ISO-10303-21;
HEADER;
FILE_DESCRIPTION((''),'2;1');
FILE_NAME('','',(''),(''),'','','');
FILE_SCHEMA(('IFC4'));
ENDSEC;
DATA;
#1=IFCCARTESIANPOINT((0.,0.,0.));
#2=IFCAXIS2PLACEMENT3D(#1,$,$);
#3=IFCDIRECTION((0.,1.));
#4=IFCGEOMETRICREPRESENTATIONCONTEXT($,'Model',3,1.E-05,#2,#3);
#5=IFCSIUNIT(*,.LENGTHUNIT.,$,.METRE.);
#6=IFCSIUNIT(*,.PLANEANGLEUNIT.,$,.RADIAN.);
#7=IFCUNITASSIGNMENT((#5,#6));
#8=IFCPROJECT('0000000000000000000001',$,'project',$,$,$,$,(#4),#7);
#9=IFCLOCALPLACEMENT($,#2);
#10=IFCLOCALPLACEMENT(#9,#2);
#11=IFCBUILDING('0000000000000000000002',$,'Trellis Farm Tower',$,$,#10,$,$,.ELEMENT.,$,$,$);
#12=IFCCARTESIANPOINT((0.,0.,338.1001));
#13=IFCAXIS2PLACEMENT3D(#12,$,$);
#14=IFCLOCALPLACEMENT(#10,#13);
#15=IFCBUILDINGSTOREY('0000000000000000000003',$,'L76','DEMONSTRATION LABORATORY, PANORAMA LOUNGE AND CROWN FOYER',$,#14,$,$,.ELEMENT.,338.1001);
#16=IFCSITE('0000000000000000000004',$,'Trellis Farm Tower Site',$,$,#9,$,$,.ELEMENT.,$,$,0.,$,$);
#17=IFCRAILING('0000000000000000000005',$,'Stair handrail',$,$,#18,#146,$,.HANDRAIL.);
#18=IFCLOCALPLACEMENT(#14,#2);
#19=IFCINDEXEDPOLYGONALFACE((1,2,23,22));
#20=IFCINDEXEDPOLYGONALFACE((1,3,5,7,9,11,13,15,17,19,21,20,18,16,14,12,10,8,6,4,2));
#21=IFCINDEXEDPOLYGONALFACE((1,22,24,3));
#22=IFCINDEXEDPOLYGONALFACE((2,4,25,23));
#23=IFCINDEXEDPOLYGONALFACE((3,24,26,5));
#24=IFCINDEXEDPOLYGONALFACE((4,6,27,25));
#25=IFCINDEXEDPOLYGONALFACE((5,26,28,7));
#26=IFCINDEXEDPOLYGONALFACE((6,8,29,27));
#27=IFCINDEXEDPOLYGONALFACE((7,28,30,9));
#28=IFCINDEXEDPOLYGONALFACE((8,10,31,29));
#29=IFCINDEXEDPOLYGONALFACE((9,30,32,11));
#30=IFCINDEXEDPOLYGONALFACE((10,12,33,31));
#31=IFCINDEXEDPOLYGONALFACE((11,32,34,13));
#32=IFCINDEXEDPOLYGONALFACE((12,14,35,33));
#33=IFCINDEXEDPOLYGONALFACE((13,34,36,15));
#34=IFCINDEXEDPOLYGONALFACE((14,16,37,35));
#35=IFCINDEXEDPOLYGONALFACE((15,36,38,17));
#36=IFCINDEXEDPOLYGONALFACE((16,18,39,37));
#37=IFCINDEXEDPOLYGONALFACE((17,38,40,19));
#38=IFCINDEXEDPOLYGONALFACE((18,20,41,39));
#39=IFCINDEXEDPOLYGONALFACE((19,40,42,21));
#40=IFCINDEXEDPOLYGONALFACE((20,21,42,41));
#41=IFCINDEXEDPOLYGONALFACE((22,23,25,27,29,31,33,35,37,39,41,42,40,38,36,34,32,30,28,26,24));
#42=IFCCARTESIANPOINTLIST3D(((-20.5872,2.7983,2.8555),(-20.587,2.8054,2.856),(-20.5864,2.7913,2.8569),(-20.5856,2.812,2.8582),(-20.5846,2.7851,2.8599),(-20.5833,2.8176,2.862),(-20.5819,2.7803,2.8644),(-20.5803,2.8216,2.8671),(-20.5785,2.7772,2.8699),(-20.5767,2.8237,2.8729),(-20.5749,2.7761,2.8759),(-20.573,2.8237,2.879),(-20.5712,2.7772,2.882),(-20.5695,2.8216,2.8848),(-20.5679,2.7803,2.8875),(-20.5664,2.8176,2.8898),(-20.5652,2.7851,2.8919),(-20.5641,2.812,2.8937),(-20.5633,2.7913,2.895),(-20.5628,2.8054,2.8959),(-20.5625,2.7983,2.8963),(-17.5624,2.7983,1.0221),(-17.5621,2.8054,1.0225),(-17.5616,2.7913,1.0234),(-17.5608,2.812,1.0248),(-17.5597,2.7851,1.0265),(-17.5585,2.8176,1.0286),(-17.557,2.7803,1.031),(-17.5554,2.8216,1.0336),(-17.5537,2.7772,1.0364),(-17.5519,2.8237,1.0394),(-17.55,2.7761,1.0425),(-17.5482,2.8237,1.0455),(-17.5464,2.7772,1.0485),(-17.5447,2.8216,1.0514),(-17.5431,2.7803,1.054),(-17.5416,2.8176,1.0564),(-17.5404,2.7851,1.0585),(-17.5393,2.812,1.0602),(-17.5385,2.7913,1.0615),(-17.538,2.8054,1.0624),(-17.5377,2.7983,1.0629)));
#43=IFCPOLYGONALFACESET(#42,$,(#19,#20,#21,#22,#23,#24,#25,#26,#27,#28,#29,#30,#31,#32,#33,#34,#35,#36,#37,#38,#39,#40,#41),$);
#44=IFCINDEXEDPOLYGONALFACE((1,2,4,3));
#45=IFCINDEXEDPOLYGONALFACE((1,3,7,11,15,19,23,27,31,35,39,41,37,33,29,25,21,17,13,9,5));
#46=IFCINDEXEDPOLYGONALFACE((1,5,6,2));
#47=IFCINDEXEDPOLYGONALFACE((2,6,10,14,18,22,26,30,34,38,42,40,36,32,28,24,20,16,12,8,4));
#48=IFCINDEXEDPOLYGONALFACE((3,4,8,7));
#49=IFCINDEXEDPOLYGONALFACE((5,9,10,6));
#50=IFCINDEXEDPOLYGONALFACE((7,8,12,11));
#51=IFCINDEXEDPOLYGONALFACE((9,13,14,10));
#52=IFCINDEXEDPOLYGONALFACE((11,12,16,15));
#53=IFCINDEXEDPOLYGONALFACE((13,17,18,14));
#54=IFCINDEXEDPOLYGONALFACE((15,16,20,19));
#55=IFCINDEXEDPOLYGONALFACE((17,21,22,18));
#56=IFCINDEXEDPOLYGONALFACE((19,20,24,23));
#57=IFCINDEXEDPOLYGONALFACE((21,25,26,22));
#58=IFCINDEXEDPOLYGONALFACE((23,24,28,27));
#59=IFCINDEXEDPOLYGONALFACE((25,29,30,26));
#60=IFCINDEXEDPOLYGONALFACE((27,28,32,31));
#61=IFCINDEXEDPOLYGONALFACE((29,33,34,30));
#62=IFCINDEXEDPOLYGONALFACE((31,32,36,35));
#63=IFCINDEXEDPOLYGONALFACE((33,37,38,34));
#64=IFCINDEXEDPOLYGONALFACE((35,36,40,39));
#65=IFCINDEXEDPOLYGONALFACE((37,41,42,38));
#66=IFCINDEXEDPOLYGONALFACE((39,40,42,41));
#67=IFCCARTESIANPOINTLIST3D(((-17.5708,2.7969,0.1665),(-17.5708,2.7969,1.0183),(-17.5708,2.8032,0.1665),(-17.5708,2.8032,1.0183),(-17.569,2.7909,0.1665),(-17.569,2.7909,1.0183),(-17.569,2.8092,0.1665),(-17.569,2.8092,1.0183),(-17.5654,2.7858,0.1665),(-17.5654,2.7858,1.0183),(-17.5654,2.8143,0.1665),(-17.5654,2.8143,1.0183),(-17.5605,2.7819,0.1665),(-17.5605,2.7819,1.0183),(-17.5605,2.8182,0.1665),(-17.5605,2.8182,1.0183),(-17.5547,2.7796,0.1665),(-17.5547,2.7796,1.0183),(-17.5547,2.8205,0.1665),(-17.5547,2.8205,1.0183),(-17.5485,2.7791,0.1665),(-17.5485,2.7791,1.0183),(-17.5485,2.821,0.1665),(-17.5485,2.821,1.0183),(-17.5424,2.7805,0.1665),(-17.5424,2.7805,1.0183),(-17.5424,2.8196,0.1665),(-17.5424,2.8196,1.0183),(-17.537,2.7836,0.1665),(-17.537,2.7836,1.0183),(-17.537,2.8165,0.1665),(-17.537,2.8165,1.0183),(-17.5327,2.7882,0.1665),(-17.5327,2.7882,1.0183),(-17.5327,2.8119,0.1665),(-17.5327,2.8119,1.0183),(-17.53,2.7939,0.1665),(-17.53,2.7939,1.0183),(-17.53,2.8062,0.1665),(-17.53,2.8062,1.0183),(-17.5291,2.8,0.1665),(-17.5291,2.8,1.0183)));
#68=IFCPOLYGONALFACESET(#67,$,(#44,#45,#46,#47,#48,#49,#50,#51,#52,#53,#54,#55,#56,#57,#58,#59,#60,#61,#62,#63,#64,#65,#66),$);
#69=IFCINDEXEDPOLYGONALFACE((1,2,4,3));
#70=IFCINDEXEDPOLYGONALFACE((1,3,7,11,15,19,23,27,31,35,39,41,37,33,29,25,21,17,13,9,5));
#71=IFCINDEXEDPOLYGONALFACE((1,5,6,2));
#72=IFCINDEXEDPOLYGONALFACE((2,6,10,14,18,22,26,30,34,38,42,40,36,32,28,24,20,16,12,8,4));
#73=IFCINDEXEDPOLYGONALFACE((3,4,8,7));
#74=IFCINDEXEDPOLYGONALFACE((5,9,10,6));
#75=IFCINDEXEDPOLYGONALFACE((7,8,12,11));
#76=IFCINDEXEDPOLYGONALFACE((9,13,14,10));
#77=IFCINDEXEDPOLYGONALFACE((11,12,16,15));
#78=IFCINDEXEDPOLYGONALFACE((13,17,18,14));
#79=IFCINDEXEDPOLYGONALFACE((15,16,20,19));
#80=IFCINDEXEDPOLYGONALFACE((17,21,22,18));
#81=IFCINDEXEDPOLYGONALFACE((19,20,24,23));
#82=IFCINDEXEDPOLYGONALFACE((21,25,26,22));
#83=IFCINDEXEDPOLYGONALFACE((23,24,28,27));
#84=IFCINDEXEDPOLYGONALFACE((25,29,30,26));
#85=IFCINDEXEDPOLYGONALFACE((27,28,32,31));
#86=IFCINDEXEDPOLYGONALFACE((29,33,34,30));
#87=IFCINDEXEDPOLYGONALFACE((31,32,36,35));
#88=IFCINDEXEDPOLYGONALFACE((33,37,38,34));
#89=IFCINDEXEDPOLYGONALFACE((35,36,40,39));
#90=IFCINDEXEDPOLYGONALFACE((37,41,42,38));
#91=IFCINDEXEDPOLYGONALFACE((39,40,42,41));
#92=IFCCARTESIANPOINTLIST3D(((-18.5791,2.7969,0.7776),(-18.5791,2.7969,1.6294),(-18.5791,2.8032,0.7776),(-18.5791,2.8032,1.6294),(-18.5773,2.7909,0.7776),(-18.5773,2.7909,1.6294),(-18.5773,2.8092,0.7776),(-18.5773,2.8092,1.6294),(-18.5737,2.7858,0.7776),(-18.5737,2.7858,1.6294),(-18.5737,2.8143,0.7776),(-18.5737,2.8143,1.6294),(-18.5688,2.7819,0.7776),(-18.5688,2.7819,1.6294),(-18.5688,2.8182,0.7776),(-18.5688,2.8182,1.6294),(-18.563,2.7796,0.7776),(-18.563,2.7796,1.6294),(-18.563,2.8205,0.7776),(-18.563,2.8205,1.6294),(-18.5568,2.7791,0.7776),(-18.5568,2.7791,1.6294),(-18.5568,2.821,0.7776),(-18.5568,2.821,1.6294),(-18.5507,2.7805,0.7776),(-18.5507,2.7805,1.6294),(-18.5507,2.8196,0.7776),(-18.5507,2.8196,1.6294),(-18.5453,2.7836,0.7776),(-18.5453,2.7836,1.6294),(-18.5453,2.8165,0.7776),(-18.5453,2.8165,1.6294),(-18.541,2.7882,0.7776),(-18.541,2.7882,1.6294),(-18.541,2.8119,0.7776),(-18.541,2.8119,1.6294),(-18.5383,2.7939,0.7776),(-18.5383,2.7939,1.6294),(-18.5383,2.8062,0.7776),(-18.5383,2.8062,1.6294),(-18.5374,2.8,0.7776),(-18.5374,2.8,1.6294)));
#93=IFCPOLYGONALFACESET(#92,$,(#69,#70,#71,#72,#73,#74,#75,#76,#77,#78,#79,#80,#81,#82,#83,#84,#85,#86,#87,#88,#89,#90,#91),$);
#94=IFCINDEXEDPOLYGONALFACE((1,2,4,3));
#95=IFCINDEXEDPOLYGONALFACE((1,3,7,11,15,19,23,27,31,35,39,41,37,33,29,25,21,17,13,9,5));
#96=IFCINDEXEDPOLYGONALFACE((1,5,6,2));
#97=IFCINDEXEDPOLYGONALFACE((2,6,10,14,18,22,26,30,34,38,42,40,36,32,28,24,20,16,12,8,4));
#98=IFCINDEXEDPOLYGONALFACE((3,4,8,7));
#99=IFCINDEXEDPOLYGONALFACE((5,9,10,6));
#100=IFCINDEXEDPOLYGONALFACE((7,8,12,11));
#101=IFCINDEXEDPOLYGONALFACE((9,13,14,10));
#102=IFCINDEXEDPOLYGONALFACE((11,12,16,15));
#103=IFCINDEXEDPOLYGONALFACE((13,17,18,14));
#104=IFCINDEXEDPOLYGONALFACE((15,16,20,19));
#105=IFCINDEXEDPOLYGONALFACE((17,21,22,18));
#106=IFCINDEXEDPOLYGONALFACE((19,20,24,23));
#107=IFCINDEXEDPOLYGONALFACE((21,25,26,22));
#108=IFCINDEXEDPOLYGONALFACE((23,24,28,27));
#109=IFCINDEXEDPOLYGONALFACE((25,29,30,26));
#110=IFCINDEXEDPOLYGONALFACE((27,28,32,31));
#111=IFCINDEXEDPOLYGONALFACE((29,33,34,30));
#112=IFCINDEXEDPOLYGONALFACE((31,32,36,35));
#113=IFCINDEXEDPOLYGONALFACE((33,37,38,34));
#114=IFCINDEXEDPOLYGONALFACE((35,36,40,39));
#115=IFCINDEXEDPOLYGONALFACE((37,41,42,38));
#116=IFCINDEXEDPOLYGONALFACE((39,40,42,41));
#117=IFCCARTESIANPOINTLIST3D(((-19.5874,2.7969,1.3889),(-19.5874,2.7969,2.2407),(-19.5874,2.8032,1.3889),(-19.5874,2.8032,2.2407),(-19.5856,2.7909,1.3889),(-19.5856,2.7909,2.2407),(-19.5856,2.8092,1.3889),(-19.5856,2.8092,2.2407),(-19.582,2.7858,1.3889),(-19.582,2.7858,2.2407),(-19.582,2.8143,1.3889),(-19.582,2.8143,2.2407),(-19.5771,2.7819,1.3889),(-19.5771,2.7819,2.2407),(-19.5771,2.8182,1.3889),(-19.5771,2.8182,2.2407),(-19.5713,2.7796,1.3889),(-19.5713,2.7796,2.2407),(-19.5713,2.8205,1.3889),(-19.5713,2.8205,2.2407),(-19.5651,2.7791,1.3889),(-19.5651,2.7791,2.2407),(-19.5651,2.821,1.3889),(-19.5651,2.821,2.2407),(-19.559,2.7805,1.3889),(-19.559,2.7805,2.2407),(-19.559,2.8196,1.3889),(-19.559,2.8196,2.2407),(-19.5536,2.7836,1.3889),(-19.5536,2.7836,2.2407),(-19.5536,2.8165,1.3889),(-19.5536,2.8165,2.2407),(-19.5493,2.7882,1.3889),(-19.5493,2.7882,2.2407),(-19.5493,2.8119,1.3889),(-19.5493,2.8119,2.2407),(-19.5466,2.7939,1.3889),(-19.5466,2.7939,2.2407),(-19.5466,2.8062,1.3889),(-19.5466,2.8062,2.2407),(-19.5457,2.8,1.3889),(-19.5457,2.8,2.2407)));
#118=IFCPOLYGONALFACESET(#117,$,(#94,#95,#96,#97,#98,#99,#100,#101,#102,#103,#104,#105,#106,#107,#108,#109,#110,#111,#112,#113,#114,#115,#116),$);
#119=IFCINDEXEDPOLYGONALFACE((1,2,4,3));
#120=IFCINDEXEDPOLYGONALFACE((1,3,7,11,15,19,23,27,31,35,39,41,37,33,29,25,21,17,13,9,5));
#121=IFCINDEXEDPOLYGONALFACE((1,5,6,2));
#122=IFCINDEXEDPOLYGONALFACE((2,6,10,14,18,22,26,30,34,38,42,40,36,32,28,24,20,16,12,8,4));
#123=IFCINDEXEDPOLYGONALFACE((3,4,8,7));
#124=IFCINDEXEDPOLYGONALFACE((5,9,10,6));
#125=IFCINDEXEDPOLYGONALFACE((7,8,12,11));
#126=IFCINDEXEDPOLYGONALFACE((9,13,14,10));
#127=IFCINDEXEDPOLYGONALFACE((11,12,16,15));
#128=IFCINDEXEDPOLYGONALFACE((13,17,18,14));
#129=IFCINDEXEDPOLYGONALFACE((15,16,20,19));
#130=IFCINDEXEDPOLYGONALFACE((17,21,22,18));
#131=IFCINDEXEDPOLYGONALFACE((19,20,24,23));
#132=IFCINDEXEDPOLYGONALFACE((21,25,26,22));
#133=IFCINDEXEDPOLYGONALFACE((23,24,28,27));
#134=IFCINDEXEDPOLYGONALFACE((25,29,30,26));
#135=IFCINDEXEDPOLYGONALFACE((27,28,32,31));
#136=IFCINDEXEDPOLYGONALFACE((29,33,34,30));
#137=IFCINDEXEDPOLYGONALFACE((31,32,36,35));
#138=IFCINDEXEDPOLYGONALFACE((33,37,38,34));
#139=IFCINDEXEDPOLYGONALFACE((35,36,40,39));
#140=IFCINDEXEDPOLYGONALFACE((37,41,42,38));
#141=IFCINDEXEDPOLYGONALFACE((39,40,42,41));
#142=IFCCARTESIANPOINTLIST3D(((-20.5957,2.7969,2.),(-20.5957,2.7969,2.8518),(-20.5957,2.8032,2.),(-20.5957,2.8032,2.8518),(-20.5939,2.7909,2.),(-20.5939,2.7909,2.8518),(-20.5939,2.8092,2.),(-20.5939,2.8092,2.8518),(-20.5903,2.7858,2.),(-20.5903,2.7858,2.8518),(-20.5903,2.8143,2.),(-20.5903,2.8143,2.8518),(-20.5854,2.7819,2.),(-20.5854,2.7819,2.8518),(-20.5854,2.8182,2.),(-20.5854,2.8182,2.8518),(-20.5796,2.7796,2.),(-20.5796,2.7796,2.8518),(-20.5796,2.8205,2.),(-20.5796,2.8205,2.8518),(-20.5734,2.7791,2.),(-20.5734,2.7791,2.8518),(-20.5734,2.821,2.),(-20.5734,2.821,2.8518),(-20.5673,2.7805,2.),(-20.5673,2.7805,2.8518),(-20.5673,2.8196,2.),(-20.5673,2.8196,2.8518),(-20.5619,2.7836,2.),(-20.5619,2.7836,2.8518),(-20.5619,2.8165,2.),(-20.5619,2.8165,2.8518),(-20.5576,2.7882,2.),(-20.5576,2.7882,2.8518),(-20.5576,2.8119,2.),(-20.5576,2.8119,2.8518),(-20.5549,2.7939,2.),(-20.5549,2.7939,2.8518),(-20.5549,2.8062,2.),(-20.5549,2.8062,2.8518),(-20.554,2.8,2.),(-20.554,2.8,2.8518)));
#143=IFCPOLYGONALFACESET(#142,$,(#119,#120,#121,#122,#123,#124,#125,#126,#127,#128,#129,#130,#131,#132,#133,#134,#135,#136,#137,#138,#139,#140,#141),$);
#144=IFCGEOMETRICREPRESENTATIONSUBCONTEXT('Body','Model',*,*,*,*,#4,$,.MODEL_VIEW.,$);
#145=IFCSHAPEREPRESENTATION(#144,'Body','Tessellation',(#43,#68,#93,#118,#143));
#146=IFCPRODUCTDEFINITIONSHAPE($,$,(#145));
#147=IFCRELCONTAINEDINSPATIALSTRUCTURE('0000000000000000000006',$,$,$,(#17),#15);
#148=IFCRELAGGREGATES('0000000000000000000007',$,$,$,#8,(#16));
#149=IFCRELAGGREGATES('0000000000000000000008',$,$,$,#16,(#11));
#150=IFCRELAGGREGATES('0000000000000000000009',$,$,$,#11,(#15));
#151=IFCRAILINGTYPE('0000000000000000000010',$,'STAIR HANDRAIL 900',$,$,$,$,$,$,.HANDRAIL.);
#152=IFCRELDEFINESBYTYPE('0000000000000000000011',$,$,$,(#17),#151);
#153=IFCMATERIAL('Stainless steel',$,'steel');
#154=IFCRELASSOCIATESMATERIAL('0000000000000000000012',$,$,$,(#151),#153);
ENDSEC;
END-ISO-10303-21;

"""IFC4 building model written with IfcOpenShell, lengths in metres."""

from ifc_helpers import new_model, si_unit, direction, frame, origin, origin_2d, place, context, subcontext, project, spatial, circle, extrude, source, transform, mapped, material, type_object, element, save


model = new_model("IFC4")

# Units and contexts
model_context = context("Model", 3, precision=1e-05, world=origin(), true_north=direction((0.0, 1.0)))
body_context = subcontext(model_context, "Body", "Model", "MODEL_VIEW")
ifc_project = project(units=[si_unit("LENGTHUNIT", "METRE"), si_unit("PLANEANGLEUNIT", "RADIAN")], contexts=[model_context])

# Site, building, storey
site_placement = place(None, origin())
site = spatial("IfcSite", under=ifc_project, at=site_placement, Name="Trellis Farm Tower Site", CompositionType="ELEMENT", RefElevation=0.0)
building_placement = place(site_placement, origin())
building = spatial("IfcBuilding", under=site, at=building_placement, Name="Trellis Farm Tower", CompositionType="ELEMENT")
storey_placement = place(building_placement, frame((0.0, 0.0, 338.1001)))
storey = spatial("IfcBuildingStorey", under=building, at=storey_placement, Name="L76", Description="DEMONSTRATION LABORATORY, PANORAMA LOUNGE AND CROWN FOYER", CompositionType="ELEMENT", Elevation=338.1001)

# Railing
ifc_material_1 = material(Name="Stainless steel", Category="steel")
railing_type = type_object("IfcRailingType", Name="STAIR HANDRAIL 900", PredefinedType="HANDRAIL", material=ifc_material_1)
shared_shape_1 = source(origin(), body_context, "Body", "SweptSolid", [
    extrude(circle(Radius=0.0239, at=origin_2d()), frame((0.0, 0.0, 0.876), z_axis=(-0.85517, 0.0, 0.518348), x_axis=(0.0, -1.0, 0.0)), (0.0, 0.0, 1.0), 3.5371),
    extrude(circle(Radius=0.021, at=origin_2d()), origin(), (0.0, 0.0, 1.0), 0.8518),
    extrude(circle(Radius=0.021, at=origin_2d()), frame((-1.0083, 0.0, 0.6111)), (0.0, 0.0, 1.0), 0.8518),
    extrude(circle(Radius=0.021, at=origin_2d()), frame((-2.0166, 0.0, 1.2224)), (0.0, 0.0, 1.0), 0.8518),
    extrude(circle(Radius=0.021, at=origin_2d()), frame((-3.0249, 0.0, 1.8335)), (0.0, 0.0, 1.0), 0.8518),
])
for number, where, name in (
    (1, (-17.55, 2.8, 0.1665), "Stair handrail"),
):
    element("IfcRailing", number, at=place(storey_placement, frame(where)), inside=storey, type_object=railing_type, Name=name, PredefinedType="HANDRAIL", context=body_context, shape_type="MappedRepresentation", body=[
        mapped(shared_shape_1, transform((0.0, 0.0, 0.0))),
    ])

save(model, "model.ifc")
